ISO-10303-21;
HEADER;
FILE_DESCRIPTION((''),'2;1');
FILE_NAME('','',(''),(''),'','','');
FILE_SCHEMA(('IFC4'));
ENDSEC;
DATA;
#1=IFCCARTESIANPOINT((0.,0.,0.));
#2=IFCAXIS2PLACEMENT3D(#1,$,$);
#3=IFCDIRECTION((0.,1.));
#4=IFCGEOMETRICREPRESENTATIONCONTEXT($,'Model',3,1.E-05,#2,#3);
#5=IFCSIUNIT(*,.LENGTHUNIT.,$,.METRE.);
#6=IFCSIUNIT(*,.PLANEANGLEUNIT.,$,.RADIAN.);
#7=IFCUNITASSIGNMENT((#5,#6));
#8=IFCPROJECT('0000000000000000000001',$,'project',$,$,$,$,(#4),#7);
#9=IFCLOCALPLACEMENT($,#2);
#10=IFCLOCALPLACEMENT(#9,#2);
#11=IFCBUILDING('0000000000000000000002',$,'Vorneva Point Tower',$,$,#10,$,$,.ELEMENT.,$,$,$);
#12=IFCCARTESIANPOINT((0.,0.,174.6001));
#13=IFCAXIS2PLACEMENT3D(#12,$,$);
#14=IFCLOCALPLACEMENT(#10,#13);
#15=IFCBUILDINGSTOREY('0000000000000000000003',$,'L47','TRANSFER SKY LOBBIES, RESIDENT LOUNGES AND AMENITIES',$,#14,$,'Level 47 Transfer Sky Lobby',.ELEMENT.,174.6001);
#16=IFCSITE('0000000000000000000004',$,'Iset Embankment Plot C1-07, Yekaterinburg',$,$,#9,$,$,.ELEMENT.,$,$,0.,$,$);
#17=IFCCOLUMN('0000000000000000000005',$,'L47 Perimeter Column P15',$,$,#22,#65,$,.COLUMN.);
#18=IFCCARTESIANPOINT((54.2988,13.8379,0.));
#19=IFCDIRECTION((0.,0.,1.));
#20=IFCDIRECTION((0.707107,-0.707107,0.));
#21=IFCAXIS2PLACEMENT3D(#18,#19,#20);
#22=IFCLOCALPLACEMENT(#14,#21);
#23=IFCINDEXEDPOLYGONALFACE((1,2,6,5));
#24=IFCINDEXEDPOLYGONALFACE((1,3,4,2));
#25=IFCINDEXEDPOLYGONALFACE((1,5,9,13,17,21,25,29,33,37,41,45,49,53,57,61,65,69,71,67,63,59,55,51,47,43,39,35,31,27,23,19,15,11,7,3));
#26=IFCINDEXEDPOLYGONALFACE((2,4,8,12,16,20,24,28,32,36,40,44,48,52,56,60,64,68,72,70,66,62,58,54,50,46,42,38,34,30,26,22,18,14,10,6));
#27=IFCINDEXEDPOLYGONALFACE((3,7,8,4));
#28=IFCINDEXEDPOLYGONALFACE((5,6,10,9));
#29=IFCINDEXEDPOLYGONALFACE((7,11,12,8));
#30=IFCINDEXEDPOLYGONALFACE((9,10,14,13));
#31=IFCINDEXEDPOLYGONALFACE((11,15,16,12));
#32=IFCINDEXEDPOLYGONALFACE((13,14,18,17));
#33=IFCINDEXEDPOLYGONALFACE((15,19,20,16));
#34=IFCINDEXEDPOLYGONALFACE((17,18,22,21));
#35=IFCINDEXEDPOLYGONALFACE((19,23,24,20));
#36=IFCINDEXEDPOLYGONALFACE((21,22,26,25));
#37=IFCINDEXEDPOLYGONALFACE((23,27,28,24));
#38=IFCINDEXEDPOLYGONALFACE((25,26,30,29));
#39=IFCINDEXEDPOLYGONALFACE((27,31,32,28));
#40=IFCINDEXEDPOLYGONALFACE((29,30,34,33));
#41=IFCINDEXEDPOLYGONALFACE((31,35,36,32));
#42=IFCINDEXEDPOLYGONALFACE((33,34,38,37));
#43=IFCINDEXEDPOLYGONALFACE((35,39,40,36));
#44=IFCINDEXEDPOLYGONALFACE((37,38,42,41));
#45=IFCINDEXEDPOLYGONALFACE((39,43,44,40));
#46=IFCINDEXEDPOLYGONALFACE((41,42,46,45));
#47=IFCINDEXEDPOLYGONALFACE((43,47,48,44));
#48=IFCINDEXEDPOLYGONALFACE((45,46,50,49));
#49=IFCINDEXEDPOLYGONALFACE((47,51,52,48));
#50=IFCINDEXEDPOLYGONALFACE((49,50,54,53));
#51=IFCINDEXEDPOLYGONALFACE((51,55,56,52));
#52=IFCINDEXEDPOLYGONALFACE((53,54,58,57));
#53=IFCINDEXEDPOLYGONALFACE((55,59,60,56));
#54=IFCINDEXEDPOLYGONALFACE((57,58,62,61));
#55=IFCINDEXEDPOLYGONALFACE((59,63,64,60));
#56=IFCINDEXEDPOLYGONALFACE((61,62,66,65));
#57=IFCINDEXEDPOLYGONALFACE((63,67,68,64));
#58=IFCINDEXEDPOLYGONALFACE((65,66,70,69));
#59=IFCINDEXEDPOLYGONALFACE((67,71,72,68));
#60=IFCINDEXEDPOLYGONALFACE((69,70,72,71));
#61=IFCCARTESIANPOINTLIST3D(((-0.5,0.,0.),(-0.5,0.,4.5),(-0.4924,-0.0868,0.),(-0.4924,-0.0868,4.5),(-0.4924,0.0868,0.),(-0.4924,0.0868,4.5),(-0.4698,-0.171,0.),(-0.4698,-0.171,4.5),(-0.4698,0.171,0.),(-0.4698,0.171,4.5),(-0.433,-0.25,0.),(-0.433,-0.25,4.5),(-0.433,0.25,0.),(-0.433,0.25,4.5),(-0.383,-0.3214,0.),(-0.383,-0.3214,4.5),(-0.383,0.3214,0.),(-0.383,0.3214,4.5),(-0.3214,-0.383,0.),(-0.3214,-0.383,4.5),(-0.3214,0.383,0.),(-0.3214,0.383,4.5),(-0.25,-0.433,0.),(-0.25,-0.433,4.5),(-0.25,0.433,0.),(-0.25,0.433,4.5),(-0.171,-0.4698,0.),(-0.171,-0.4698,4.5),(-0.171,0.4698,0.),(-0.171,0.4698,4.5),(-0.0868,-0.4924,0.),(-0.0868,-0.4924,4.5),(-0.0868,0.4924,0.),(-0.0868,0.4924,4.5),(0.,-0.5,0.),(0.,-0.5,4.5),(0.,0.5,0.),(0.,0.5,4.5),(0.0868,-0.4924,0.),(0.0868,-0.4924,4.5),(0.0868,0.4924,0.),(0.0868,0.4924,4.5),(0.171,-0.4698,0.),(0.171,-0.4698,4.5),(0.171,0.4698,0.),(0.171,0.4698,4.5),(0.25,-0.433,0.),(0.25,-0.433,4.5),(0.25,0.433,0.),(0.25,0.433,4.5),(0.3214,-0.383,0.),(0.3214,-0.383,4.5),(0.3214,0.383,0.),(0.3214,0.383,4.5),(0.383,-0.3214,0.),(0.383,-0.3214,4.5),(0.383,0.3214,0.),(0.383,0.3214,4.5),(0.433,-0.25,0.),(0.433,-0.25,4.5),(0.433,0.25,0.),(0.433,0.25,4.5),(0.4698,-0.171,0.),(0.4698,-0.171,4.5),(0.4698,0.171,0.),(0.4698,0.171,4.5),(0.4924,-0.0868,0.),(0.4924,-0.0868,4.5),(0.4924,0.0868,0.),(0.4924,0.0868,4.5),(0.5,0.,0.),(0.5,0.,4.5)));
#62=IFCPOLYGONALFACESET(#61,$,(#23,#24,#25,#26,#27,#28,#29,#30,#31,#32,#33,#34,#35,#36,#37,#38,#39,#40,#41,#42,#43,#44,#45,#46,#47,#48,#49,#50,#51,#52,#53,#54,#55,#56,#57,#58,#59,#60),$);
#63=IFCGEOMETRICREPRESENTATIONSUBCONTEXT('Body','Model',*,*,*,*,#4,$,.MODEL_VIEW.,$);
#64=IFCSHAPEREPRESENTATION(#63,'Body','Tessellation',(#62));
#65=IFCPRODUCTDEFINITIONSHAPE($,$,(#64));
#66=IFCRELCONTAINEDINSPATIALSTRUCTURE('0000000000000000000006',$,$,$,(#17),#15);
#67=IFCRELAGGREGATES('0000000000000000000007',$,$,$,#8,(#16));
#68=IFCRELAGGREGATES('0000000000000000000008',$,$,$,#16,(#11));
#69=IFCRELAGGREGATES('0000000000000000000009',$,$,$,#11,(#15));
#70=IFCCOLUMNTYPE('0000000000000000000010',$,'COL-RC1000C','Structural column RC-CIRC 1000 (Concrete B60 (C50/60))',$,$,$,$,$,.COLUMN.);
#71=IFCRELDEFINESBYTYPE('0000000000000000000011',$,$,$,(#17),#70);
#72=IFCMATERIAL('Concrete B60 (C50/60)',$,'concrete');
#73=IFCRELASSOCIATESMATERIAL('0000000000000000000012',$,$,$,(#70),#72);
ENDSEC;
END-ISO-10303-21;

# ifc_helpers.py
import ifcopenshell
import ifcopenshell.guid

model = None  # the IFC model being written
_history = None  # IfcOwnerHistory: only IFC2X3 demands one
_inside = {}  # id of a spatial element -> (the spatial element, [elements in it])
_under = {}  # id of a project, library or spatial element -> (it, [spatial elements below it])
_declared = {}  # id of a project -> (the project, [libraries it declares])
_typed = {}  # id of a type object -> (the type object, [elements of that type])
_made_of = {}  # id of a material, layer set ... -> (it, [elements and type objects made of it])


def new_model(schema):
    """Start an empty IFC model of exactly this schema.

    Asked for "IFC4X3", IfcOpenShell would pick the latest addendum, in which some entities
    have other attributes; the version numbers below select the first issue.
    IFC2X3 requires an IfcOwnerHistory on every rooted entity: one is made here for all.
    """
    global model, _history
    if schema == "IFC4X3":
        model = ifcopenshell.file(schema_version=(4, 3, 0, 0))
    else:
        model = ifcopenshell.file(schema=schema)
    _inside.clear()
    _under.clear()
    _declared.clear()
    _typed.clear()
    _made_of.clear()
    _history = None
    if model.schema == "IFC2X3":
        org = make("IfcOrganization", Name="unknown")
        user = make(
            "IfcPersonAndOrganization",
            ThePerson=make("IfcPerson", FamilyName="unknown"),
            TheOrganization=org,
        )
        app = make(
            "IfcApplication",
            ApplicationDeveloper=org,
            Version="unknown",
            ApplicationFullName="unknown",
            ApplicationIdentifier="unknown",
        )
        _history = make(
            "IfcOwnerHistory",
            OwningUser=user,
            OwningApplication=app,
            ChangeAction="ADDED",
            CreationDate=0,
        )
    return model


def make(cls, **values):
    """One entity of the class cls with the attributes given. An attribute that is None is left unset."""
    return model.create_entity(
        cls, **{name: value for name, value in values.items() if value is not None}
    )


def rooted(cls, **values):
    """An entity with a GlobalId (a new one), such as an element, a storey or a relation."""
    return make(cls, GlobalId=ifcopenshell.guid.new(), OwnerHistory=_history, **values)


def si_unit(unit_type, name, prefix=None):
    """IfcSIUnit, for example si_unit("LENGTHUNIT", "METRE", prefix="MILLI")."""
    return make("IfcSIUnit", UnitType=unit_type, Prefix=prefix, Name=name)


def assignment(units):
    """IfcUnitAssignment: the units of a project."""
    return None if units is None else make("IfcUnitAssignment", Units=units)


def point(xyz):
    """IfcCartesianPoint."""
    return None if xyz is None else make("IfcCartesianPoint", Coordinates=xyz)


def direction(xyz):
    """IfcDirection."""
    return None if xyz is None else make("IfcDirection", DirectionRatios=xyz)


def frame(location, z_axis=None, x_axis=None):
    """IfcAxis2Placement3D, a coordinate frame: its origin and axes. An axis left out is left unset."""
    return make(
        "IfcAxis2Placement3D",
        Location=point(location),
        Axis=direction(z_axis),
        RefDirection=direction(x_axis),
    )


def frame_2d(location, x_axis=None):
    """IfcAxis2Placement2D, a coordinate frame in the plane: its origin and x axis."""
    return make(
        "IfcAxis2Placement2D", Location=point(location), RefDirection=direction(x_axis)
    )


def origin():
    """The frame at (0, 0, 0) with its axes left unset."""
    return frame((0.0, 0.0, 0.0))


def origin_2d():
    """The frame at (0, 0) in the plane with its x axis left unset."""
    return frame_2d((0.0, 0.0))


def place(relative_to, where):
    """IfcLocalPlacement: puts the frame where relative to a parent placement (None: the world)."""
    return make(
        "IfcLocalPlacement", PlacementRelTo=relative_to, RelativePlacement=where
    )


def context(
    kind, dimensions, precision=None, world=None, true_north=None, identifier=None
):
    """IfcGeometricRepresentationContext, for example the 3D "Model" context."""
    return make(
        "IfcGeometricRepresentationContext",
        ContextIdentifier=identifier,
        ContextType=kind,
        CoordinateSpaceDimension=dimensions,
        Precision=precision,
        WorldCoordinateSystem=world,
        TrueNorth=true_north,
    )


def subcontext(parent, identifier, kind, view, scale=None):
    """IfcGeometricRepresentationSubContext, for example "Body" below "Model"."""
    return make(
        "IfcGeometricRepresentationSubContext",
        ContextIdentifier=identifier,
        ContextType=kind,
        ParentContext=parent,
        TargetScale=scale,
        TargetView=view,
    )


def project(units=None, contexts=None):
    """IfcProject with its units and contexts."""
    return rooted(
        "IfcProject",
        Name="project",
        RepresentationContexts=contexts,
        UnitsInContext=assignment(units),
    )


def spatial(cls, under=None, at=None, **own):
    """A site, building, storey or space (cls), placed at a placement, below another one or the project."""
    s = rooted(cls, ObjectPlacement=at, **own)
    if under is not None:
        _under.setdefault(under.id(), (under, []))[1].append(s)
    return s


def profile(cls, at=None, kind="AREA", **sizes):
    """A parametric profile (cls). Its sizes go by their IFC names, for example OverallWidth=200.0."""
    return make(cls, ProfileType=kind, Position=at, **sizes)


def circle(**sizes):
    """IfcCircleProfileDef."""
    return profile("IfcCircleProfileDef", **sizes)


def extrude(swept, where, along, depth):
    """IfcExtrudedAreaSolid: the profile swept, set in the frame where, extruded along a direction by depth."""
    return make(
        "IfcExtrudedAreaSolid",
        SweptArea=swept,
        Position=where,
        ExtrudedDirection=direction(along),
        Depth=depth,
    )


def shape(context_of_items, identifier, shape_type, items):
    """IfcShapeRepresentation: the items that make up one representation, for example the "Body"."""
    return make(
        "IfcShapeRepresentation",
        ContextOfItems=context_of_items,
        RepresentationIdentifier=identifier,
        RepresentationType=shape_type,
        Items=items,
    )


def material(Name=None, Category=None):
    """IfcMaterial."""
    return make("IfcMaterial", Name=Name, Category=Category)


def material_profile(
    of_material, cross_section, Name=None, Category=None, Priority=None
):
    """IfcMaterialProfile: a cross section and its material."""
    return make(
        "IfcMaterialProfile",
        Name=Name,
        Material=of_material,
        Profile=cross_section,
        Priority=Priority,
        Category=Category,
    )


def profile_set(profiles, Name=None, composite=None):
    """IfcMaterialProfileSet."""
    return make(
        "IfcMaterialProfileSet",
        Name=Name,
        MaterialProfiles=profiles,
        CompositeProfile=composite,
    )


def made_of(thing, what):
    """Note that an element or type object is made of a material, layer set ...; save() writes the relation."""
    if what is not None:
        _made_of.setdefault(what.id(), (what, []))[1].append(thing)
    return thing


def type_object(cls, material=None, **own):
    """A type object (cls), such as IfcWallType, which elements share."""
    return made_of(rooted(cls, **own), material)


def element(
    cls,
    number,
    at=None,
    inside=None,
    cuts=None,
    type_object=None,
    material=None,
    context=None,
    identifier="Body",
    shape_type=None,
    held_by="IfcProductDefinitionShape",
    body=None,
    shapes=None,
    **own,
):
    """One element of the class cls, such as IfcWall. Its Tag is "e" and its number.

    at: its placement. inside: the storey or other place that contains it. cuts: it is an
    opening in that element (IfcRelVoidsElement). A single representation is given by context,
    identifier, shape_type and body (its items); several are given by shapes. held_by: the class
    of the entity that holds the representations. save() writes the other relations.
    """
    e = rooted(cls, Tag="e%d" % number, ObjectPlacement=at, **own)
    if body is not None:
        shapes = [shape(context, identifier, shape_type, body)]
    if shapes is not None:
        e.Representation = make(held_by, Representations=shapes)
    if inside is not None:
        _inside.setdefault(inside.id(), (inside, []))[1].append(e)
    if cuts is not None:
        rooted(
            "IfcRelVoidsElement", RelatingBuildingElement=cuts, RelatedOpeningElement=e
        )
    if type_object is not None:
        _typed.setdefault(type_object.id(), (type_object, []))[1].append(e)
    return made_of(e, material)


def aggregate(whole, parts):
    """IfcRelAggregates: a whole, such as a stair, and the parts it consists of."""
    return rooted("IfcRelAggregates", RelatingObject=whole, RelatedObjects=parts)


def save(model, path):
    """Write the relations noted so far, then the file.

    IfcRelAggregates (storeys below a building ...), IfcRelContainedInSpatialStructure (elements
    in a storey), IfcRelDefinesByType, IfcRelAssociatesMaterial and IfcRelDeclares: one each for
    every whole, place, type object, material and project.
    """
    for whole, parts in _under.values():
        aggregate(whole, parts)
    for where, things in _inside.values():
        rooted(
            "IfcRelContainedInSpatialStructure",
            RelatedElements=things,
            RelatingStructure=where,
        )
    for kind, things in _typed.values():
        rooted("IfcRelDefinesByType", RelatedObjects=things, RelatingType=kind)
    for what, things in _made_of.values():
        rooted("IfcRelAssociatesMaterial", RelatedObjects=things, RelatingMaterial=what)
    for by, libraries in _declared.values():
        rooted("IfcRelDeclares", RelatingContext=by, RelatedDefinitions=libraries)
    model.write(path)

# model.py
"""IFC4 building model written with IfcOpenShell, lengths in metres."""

from ifc_helpers import new_model, si_unit, direction, frame, origin, origin_2d, place, context, subcontext, project, spatial, circle, extrude, material, material_profile, profile_set, type_object, element, save


model = new_model("IFC4")

# Units and contexts
model_context = context("Model", 3, precision=1e-05, world=origin(), true_north=direction((0.0, 1.0)))
body_context = subcontext(model_context, "Body", "Model", "MODEL_VIEW")
ifc_project = project(units=[si_unit("LENGTHUNIT", "METRE"), si_unit("PLANEANGLEUNIT", "RADIAN")], contexts=[model_context])

# Site, building, storey
site_placement = place(None, origin())
site = spatial("IfcSite", under=ifc_project, at=site_placement, Name="Iset Embankment Plot C1-07, Yekaterinburg", CompositionType="ELEMENT", RefElevation=0.0)
building_placement = place(site_placement, origin())
building = spatial("IfcBuilding", under=site, at=building_placement, Name="Vorneva Point Tower", CompositionType="ELEMENT")
storey_placement = place(building_placement, frame((0.0, 0.0, 174.6001)))
storey = spatial("IfcBuildingStorey", under=building, at=storey_placement, Name="L47", Description="TRANSFER SKY LOBBIES, RESIDENT LOUNGES AND AMENITIES", LongName="Level 47 Transfer Sky Lobby", CompositionType="ELEMENT", Elevation=174.6001)

# Column
ifc_material_1 = material(Name="Concrete B60 (C50/60)", Category="concrete")
ifc_material_profile_1 = material_profile(ifc_material_1, circle(Radius=0.5, at=origin_2d()), Name="RC-CIRC 1000")
ifc_profile_set_1 = profile_set([ifc_material_profile_1], Name="Concrete B60 (C50/60)")
column_type_1 = type_object("IfcColumnType", Name="COL-RC1000C", Description="Structural column RC-CIRC 1000 (Concrete B60 (C50/60))", PredefinedType="COLUMN", material=ifc_profile_set_1)
column_1_placement = place(storey_placement, frame((54.2988, 13.8379, 0.0), z_axis=(0.0, 0.0, 1.0), x_axis=(0.707107, -0.707107, 0.0)))
element("IfcColumn", 1, at=column_1_placement, inside=storey, type_object=column_type_1, Name="L47 Perimeter Column P15", PredefinedType="COLUMN", context=body_context, shape_type="SweptSolid", body=[
    extrude(circle(Radius=0.5, at=origin_2d()), origin(), (0.0, 0.0, 1.0), 4.5),
])

save(model, "model.ifc")
